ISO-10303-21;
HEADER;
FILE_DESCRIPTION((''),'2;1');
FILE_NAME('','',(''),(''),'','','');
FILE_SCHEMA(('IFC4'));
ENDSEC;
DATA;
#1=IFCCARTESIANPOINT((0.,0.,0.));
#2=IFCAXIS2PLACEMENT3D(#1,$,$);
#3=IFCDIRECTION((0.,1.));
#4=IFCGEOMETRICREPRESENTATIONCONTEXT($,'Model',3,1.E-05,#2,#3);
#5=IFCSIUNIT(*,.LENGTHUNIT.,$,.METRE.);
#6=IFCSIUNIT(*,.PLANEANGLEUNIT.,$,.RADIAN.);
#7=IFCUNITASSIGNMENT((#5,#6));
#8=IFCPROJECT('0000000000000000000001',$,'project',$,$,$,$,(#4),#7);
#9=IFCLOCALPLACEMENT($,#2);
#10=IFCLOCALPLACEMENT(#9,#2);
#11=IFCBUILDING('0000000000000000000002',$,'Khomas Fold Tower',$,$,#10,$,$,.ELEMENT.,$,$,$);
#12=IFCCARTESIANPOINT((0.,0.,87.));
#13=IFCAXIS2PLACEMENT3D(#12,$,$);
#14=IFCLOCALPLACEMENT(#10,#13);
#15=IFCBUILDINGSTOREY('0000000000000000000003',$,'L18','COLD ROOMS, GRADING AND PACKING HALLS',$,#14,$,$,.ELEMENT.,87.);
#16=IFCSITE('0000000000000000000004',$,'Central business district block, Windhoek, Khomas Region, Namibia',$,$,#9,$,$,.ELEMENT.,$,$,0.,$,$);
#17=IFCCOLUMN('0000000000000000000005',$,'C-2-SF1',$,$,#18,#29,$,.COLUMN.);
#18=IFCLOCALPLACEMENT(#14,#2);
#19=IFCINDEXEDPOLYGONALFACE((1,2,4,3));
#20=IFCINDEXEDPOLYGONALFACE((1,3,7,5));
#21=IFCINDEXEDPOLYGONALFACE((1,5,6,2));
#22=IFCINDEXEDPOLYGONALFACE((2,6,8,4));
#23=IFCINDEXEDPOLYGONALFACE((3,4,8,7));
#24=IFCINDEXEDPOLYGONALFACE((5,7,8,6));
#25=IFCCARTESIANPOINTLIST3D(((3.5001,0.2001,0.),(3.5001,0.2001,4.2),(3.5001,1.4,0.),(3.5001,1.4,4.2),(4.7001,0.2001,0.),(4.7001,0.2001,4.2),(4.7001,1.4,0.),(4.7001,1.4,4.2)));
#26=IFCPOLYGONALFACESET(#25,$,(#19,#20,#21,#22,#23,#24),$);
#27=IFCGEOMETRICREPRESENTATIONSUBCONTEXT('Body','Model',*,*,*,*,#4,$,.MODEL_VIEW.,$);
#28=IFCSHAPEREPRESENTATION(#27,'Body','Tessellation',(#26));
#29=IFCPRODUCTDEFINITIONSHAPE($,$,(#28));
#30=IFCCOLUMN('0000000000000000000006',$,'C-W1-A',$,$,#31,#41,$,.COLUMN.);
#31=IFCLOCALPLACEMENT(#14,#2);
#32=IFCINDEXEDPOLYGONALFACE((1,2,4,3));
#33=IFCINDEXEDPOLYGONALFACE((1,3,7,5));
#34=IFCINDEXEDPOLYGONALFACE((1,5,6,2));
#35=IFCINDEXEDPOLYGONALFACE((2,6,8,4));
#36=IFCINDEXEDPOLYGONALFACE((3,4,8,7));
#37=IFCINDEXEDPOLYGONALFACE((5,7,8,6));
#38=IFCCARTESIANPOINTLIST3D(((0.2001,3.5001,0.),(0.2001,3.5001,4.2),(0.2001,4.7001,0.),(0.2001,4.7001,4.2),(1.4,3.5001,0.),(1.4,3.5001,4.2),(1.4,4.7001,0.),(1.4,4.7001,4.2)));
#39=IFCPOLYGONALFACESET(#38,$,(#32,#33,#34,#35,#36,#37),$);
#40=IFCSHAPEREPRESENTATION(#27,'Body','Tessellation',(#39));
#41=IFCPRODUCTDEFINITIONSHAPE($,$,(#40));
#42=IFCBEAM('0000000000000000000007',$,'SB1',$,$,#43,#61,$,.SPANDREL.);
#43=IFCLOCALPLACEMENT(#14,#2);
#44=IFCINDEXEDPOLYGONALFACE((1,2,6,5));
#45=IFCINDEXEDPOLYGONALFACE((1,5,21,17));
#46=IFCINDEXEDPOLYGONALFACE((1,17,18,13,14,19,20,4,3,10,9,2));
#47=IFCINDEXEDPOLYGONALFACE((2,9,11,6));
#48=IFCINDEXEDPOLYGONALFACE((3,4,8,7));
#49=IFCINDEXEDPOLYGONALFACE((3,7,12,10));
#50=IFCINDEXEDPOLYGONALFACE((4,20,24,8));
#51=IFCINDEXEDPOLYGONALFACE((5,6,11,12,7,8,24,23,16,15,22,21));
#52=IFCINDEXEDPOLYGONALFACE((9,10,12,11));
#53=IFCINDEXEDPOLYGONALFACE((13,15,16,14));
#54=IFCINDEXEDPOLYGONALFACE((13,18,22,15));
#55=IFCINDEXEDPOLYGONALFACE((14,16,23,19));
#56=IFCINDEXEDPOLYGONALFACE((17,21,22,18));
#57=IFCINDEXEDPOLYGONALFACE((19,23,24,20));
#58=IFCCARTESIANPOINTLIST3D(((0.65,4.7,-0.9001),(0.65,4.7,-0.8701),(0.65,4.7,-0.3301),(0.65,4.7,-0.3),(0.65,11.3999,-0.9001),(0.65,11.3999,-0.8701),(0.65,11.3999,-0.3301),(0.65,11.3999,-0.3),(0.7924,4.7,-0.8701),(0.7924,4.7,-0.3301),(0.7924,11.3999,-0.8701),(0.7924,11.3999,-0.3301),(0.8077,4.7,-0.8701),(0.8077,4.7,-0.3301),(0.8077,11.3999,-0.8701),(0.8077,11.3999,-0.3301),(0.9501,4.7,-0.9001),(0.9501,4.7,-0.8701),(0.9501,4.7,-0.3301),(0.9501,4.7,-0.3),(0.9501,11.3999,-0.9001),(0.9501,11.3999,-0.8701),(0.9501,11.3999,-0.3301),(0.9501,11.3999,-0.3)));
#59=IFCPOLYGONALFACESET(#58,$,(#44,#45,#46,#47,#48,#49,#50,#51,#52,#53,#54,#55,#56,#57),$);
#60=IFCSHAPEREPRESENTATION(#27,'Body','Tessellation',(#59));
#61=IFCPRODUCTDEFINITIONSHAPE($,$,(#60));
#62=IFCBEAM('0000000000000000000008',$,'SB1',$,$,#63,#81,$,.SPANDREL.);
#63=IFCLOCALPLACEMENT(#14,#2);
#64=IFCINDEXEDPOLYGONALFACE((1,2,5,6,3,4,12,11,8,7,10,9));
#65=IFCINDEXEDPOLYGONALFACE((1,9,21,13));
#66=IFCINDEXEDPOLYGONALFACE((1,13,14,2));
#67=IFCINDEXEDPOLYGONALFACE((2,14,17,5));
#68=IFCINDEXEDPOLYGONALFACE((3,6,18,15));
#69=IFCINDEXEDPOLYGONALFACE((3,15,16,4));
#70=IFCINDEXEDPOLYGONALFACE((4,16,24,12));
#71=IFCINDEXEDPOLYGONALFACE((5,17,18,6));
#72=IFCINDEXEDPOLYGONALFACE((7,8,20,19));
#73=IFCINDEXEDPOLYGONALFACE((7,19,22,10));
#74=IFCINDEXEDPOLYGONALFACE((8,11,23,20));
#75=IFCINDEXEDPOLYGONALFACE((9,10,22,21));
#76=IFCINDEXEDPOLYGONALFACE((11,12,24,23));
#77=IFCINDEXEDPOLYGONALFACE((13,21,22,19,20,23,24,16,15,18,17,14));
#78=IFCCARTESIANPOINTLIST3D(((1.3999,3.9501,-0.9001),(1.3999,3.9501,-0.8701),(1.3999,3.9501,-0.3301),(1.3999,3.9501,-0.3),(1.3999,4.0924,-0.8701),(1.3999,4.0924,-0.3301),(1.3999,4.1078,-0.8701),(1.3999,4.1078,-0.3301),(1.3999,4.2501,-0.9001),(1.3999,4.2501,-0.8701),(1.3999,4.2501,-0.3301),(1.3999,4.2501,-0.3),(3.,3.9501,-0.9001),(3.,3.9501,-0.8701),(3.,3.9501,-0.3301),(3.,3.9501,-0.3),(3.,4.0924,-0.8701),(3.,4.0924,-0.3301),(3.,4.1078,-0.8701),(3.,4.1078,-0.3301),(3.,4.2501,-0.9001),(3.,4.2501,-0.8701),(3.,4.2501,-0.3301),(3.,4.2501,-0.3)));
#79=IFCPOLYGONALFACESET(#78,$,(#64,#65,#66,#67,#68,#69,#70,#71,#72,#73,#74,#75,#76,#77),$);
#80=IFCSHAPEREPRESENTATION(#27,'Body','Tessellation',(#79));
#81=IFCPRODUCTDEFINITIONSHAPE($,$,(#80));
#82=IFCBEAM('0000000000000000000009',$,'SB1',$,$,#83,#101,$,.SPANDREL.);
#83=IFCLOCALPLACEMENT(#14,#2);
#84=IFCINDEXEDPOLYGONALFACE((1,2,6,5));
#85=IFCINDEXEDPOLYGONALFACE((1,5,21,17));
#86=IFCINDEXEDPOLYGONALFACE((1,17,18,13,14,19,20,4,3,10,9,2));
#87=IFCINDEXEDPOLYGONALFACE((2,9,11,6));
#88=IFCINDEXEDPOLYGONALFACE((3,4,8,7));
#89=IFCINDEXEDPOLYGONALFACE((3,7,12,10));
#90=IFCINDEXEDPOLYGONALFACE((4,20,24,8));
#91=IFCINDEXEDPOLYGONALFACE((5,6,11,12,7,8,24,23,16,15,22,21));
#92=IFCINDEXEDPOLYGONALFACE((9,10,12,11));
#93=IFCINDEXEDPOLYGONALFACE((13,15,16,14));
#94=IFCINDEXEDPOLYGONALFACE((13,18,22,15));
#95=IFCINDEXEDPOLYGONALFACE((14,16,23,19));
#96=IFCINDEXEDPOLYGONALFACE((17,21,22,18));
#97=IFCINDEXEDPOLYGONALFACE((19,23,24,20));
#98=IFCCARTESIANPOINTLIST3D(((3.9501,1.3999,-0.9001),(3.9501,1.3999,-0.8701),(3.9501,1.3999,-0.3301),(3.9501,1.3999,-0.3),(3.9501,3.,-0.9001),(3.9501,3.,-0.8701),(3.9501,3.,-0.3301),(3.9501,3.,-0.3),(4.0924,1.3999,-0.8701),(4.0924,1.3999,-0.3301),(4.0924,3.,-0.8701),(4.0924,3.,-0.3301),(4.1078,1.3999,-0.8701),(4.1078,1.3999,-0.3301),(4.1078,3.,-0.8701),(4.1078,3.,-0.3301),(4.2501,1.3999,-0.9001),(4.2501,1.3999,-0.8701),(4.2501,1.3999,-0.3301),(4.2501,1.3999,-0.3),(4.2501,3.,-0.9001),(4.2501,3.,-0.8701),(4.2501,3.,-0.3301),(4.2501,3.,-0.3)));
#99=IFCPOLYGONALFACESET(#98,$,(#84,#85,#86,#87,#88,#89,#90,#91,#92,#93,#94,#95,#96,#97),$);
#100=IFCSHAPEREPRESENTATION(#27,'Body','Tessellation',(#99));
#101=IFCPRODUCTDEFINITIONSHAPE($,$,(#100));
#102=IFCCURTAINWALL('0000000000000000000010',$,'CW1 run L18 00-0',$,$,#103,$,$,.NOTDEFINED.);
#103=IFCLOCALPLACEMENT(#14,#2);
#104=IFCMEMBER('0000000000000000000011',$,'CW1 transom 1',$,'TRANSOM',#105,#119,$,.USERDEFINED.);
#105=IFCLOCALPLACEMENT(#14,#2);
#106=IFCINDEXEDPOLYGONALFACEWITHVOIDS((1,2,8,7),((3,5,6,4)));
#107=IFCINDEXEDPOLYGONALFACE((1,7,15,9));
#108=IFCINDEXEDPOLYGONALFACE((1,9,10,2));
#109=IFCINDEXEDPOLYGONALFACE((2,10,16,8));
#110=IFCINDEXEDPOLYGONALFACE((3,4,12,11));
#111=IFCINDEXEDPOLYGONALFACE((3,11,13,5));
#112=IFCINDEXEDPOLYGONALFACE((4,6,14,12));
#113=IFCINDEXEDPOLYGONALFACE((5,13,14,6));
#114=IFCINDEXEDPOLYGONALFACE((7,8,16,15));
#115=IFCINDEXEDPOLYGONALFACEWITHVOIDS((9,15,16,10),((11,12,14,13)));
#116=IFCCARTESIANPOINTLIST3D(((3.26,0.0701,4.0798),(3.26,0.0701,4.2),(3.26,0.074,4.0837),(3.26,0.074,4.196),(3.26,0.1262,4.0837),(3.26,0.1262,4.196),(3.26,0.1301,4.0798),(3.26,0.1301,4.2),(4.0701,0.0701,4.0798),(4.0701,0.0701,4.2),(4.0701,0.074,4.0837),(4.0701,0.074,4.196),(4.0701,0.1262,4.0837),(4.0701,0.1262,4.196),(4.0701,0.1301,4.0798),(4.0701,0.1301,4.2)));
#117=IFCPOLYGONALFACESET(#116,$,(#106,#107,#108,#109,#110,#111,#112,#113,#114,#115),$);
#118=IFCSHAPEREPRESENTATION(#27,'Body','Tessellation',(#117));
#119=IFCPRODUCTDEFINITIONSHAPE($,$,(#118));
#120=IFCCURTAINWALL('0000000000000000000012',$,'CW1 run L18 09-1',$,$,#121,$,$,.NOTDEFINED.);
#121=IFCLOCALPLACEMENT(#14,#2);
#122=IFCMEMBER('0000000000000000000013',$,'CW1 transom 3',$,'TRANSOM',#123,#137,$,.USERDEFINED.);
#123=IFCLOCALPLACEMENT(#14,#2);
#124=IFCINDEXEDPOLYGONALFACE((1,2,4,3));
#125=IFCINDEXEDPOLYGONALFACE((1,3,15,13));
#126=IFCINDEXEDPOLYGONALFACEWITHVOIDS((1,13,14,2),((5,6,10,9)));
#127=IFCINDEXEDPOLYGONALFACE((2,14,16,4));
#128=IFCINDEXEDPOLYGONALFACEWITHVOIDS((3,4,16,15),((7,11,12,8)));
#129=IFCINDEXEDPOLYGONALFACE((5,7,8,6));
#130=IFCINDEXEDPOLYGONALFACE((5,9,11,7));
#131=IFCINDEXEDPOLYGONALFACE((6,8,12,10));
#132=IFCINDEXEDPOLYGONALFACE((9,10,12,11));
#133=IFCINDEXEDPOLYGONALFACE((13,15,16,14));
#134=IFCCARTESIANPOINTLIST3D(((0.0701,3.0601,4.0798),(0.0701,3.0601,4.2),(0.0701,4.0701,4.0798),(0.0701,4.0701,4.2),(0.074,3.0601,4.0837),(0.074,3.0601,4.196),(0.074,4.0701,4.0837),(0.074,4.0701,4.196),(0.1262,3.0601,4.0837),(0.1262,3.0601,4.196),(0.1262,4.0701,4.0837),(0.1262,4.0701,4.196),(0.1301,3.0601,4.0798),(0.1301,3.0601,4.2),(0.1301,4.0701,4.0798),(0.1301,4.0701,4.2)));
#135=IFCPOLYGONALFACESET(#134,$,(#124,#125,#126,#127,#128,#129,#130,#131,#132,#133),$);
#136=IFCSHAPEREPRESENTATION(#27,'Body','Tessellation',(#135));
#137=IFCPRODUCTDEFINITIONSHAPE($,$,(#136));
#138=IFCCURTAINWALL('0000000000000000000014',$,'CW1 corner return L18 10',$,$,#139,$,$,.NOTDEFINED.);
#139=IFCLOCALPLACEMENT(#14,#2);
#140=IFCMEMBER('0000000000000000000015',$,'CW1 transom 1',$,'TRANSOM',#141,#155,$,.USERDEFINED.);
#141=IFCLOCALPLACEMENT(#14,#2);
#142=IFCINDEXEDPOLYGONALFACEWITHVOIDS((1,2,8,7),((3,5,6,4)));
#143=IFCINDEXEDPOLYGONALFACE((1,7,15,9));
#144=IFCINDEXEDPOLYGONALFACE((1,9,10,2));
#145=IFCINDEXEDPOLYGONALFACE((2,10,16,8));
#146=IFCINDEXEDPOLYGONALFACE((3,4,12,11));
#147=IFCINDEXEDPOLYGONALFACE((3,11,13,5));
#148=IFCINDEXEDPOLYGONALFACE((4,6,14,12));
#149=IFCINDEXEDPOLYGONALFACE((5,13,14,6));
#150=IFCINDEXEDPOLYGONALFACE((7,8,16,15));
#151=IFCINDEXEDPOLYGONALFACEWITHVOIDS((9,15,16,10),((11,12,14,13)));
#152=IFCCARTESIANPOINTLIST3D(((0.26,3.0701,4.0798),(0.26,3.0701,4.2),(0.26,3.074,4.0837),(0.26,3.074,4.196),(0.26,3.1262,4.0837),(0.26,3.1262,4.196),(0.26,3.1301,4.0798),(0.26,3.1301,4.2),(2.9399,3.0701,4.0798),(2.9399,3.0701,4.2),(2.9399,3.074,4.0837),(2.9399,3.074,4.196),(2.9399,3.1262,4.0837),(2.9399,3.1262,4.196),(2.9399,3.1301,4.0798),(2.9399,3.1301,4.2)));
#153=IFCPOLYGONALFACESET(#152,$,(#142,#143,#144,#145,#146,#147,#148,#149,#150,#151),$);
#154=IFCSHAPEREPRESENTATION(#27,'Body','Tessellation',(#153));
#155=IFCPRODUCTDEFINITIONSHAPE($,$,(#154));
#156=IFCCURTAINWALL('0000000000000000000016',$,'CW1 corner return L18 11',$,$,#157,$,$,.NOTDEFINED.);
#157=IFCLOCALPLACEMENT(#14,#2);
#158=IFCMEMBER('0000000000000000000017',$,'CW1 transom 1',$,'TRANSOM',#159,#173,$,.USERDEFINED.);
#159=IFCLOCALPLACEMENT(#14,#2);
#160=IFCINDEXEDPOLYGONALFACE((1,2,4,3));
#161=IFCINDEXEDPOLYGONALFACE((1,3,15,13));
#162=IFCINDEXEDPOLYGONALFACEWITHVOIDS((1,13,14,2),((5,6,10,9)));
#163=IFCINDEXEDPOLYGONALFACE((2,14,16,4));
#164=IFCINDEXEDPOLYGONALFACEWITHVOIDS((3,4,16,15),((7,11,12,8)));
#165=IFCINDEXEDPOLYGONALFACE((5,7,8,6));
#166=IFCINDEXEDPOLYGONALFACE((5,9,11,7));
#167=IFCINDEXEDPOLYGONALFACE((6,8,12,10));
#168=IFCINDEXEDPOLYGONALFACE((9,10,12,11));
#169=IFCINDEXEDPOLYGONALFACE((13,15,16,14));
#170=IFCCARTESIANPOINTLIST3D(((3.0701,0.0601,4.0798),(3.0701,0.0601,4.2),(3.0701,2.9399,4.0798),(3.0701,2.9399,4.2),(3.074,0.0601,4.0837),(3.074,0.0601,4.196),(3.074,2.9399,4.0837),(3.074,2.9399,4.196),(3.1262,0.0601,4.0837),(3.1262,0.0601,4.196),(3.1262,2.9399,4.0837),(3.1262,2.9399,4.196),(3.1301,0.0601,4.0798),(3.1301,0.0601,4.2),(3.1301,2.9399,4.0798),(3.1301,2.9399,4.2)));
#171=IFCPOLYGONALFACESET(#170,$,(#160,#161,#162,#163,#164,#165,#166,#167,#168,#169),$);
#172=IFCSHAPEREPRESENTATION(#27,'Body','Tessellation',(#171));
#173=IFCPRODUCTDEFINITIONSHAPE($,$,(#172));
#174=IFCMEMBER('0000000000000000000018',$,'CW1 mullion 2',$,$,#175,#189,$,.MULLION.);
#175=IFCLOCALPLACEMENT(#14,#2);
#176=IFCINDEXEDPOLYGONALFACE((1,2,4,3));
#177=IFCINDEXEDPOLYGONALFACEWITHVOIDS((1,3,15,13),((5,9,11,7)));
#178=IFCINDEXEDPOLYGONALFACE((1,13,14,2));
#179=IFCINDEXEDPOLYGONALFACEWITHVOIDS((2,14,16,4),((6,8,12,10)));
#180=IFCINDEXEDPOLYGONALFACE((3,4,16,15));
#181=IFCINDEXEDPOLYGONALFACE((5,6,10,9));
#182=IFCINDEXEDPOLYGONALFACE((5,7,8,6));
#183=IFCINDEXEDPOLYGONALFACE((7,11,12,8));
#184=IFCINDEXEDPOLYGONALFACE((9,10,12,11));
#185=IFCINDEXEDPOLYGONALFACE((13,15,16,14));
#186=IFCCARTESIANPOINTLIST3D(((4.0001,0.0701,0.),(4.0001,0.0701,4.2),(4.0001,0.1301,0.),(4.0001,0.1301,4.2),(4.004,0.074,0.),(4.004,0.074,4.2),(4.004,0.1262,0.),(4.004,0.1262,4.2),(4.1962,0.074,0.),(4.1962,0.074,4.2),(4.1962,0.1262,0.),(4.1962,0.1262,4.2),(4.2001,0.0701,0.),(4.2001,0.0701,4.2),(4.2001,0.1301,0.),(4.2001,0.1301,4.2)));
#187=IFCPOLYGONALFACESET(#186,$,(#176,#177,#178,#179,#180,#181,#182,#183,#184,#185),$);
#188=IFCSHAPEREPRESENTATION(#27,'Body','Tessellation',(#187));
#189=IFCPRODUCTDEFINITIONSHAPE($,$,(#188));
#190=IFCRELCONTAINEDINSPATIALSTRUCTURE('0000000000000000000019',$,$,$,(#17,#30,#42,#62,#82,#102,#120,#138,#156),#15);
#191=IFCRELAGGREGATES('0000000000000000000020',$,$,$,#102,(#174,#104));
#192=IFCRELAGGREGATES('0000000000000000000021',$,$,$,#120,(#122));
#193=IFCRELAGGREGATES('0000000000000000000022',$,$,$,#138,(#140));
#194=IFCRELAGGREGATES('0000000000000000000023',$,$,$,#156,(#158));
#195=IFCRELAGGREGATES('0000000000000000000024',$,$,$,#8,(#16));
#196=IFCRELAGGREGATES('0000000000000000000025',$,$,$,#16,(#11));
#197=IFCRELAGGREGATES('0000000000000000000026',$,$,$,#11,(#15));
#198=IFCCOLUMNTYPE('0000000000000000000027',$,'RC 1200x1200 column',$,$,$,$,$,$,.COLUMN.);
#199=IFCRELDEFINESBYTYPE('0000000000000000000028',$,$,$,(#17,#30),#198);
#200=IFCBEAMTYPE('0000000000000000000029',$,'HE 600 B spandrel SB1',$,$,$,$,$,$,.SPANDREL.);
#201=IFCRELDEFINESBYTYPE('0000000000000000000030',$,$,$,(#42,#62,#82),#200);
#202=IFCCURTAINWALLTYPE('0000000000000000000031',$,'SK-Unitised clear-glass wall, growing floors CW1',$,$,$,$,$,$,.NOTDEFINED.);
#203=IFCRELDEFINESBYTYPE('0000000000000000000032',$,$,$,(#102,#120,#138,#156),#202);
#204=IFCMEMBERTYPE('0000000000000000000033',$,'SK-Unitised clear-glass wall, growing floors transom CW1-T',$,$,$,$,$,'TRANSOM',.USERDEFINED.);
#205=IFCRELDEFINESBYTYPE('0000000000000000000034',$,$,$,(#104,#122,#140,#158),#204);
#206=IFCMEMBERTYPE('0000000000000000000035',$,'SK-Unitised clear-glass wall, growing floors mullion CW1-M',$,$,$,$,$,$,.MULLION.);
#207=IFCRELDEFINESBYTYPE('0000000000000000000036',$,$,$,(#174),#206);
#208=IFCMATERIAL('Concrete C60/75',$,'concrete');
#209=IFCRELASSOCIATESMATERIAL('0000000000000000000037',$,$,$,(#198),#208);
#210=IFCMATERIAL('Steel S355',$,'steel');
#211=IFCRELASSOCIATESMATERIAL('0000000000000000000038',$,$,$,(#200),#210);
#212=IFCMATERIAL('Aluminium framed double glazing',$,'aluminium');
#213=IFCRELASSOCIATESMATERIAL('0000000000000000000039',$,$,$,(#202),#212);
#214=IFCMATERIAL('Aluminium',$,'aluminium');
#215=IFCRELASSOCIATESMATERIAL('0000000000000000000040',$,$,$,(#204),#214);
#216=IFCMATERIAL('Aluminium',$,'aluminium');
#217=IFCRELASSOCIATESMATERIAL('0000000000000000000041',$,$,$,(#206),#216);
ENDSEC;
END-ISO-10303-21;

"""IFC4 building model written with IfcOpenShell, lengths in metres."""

from ifc_helpers import new_model, si_unit, direction, frame, origin, origin_2d, place, context, subcontext, project, spatial, rectangle, hollow_rectangle, i_section, extrude, source, transform, mapped, material, material_profile, profile_set, type_object, element, aggregate, save


model = new_model("IFC4")

# Units and contexts
model_context = context("Model", 3, precision=1e-05, world=origin(), true_north=direction((0.0, 1.0)))
body_context = subcontext(model_context, "Body", "Model", "MODEL_VIEW")
ifc_project = project(units=[si_unit("LENGTHUNIT", "METRE"), si_unit("PLANEANGLEUNIT", "RADIAN")], contexts=[model_context])

# Site, building, storey
site_placement = place(None, origin())
site = spatial("IfcSite", under=ifc_project, at=site_placement, Name="Central business district block, Windhoek, Khomas Region, Namibia", CompositionType="ELEMENT", RefElevation=0.0)
building_placement = place(site_placement, origin())
building = spatial("IfcBuilding", under=site, at=building_placement, Name="Khomas Fold Tower", CompositionType="ELEMENT")
storey_placement = place(building_placement, frame((0.0, 0.0, 87.0)))
storey = spatial("IfcBuildingStorey", under=building, at=storey_placement, Name="L18", Description="COLD ROOMS, GRADING AND PACKING HALLS", CompositionType="ELEMENT", Elevation=87.0)

# Columns
ifc_material_1 = material(Name="Concrete C60/75", Category="concrete")
ifc_material_profile_1 = material_profile(ifc_material_1, rectangle(XDim=1.2, YDim=1.2, at=origin_2d()), Name="RC 1200x1200")
ifc_profile_set_1 = profile_set([ifc_material_profile_1], Name="Concrete C60/75")
column_type = type_object("IfcColumnType", Name="RC 1200x1200 column", PredefinedType="COLUMN", material=ifc_profile_set_1)
shared_shape_1 = source(origin(), body_context, "Body", "SweptSolid", [
    extrude(rectangle(XDim=1.2, YDim=1.2, at=origin_2d()), origin(), (0.0, 0.0, 1.0), 4.2),
])
for number, where, z_axis, x_axis, name in (
    (1, (4.1001, 0.8, 0.0), (0.0, 0.0, 1.0), (1.0, 0.0, 0.0), "C-2-SF1"),
    (2, (0.8, 4.1001, 0.0), (0.0, 0.0, 1.0), (1.0, 0.0, 0.0), "C-W1-A"),
):
    element("IfcColumn", number, at=place(storey_placement, frame(where, z_axis=z_axis, x_axis=x_axis)), inside=storey, type_object=column_type, Name=name, PredefinedType="COLUMN", context=body_context, shape_type="MappedRepresentation", body=[
        mapped(shared_shape_1, transform((0.0, 0.0, 0.0))),
    ])

# Beams
ifc_material_2 = material(Name="Steel S355", Category="steel")
ifc_material_profile_2 = material_profile(ifc_material_2, i_section(OverallWidth=0.3, OverallDepth=0.6001, WebThickness=0.0154, FlangeThickness=0.03, at=origin_2d()), Name="HE 600 B")
ifc_profile_set_2 = profile_set([ifc_material_profile_2], Name="Steel S355")
beam_type = type_object("IfcBeamType", Name="HE 600 B spandrel SB1", PredefinedType="SPANDREL", material=ifc_profile_set_2)
shared_shape_2 = source(origin(), body_context, "Body", "SweptSolid", [
    extrude(i_section(OverallWidth=0.3, OverallDepth=0.6001, WebThickness=0.0154, FlangeThickness=0.03, at=origin_2d()), origin(), (0.0, 0.0, 1.0), 6.7),
])
beam_placement = place(storey_placement, frame((0.8, 4.7, -0.6001), z_axis=(0.0, 1.0, 0.0), x_axis=(-1.0, 0.0, 0.0)))
element("IfcBeam", 3, at=beam_placement, inside=storey, type_object=beam_type, Name="SB1", PredefinedType="SPANDREL", context=body_context, shape_type="MappedRepresentation", body=[
    mapped(shared_shape_2, transform((0.0, 0.0, 0.0))),
])
shared_shape_3 = source(origin(), body_context, "Body", "SweptSolid", [
    extrude(i_section(OverallWidth=0.3, OverallDepth=0.6001, WebThickness=0.0154, FlangeThickness=0.03, at=origin_2d()), origin(), (0.0, 0.0, 1.0), 1.6001),
])
for number, where, z_axis, x_axis, name in (
    (4, (1.3999, 4.1001, -0.6001), (1.0, 0.0, 0.0), (0.0, 1.0, 0.0), "SB1"),
    (5, (4.1001, 1.3999, -0.6001), (0.0, 1.0, 0.0), (-1.0, 0.0, 0.0), "SB1"),
):
    element("IfcBeam", number, at=place(storey_placement, frame(where, z_axis=z_axis, x_axis=x_axis)), inside=storey, type_object=beam_type, Name=name, PredefinedType="SPANDREL", context=body_context, shape_type="MappedRepresentation", body=[
        mapped(shared_shape_3, transform((0.0, 0.0, 0.0))),
    ])

# Curtain walls, members
ifc_material_3 = material(Name="Aluminium framed double glazing", Category="aluminium")
curtain_wall_type = type_object("IfcCurtainWallType", Name="SK-Unitised clear-glass wall, growing floors CW1", PredefinedType="NOTDEFINED", material=ifc_material_3)
curtain_wall_1_placement = place(storey_placement, origin())
curtain_wall_1 = element("IfcCurtainWall", 6, at=curtain_wall_1_placement, inside=storey, type_object=curtain_wall_type, Name="CW1 run L18 00-0", PredefinedType="NOTDEFINED")
ifc_material_4 = material(Name="Aluminium", Category="aluminium")
ifc_material_profile_3 = material_profile(ifc_material_4, hollow_rectangle(XDim=0.0601, YDim=0.1201, WallThickness=0.0039, at=origin_2d()), Name="SK-Unitised clear-glass wall, growing floors transom CW1-T")
ifc_profile_set_3 = profile_set([ifc_material_profile_3], Name="Aluminium")
member_type_1 = type_object("IfcMemberType", Name="SK-Unitised clear-glass wall, growing floors transom CW1-T", ElementType="TRANSOM", PredefinedType="USERDEFINED", material=ifc_profile_set_3)
shared_shape_4 = source(origin(), body_context, "Body", "SweptSolid", [
    extrude(hollow_rectangle(XDim=0.0601, YDim=0.1201, WallThickness=0.0039, at=origin_2d()), origin(), (0.0, 0.0, 1.0), 0.8101),
])
member_1_placement = place(storey_placement, frame((3.26, 0.1001, 4.1399), z_axis=(1.0, 0.0, 0.0), x_axis=(0.0, 1.0, 0.0)))
member_1 = element("IfcMember", 7, at=member_1_placement, type_object=member_type_1, Name="CW1 transom 1", ObjectType="TRANSOM", PredefinedType="USERDEFINED", context=body_context, shape_type="MappedRepresentation", body=[
    mapped(shared_shape_4, transform((0.0, 0.0, 0.0))),
])
curtain_wall_2_placement = place(storey_placement, origin())
curtain_wall_2 = element("IfcCurtainWall", 8, at=curtain_wall_2_placement, inside=storey, type_object=curtain_wall_type, Name="CW1 run L18 09-1", PredefinedType="NOTDEFINED")
shared_shape_5 = source(origin(), body_context, "Body", "SweptSolid", [
    extrude(hollow_rectangle(XDim=0.0601, YDim=0.1201, WallThickness=0.0039, at=origin_2d()), origin(), (0.0, 0.0, 1.0), 1.01),
])
member_2_placement = place(storey_placement, frame((0.1001, 4.0701, 4.1399), z_axis=(0.0, -1.0, 0.0), x_axis=(1.0, 0.0, 0.0)))
member_2 = element("IfcMember", 9, at=member_2_placement, type_object=member_type_1, Name="CW1 transom 3", ObjectType="TRANSOM", PredefinedType="USERDEFINED", context=body_context, shape_type="MappedRepresentation", body=[
    mapped(shared_shape_5, transform((0.0, 0.0, 0.0))),
])
curtain_wall_3_placement = place(storey_placement, origin())
curtain_wall_3 = element("IfcCurtainWall", 10, at=curtain_wall_3_placement, inside=storey, type_object=curtain_wall_type, Name="CW1 corner return L18 10", PredefinedType="NOTDEFINED")
shared_shape_6 = source(origin(), body_context, "Body", "SweptSolid", [
    extrude(hollow_rectangle(XDim=0.0601, YDim=0.1201, WallThickness=0.0039, at=origin_2d()), origin(), (0.0, 0.0, 1.0), 2.6799),
])
member_3_placement = place(storey_placement, frame((0.26, 3.1001, 4.1399), z_axis=(1.0, 0.0, 0.0), x_axis=(0.0, 1.0, 0.0)))
member_3 = element("IfcMember", 11, at=member_3_placement, type_object=member_type_1, Name="CW1 transom 1", ObjectType="TRANSOM", PredefinedType="USERDEFINED", context=body_context, shape_type="MappedRepresentation", body=[
    mapped(shared_shape_6, transform((0.0, 0.0, 0.0))),
])
curtain_wall_4_placement = place(storey_placement, origin())
curtain_wall_4 = element("IfcCurtainWall", 12, at=curtain_wall_4_placement, inside=storey, type_object=curtain_wall_type, Name="CW1 corner return L18 11", PredefinedType="NOTDEFINED")
shared_shape_7 = source(origin(), body_context, "Body", "SweptSolid", [
    extrude(hollow_rectangle(XDim=0.0601, YDim=0.1201, WallThickness=0.0039, at=origin_2d()), origin(), (0.0, 0.0, 1.0), 2.8799),
])
member_4_placement = place(storey_placement, frame((3.1001, 2.9399, 4.1399), z_axis=(0.0, -1.0, 0.0), x_axis=(1.0, 0.0, 0.0)))
member_4 = element("IfcMember", 13, at=member_4_placement, type_object=member_type_1, Name="CW1 transom 1", ObjectType="TRANSOM", PredefinedType="USERDEFINED", context=body_context, shape_type="MappedRepresentation", body=[
    mapped(shared_shape_7, transform((0.0, 0.0, 0.0))),
])

# Member
ifc_material_5 = material(Name="Aluminium", Category="aluminium")
ifc_material_profile_4 = material_profile(ifc_material_5, hollow_rectangle(XDim=0.0601, YDim=0.2, WallThickness=0.0039, at=origin_2d()), Name="SK-Unitised clear-glass wall, growing floors mullion CW1-M")
ifc_profile_set_4 = profile_set([ifc_material_profile_4], Name="Aluminium")
member_type_2 = type_object("IfcMemberType", Name="SK-Unitised clear-glass wall, growing floors mullion CW1-M", PredefinedType="MULLION", material=ifc_profile_set_4)
shared_shape_8 = source(origin(), body_context, "Body", "SweptSolid", [
    extrude(hollow_rectangle(XDim=0.0601, YDim=0.2, WallThickness=0.0039, at=origin_2d()), origin(), (0.0, 0.0, 1.0), 4.2),
])
member_5_placement = place(storey_placement, frame((4.1001, 0.1001, 0.0), z_axis=(0.0, 0.0, 1.0), x_axis=(0.0, 1.0, 0.0)))
member_5 = element("IfcMember", 14, at=member_5_placement, type_object=member_type_2, Name="CW1 mullion 2", PredefinedType="MULLION", context=body_context, shape_type="MappedRepresentation", body=[
    mapped(shared_shape_8, transform((0.0, 0.0, 0.0))),
])

aggregate(curtain_wall_1, [member_5, member_1])
aggregate(curtain_wall_2, [member_2])
aggregate(curtain_wall_3, [member_3])
aggregate(curtain_wall_4, [member_4])

save(model, "model.ifc")
